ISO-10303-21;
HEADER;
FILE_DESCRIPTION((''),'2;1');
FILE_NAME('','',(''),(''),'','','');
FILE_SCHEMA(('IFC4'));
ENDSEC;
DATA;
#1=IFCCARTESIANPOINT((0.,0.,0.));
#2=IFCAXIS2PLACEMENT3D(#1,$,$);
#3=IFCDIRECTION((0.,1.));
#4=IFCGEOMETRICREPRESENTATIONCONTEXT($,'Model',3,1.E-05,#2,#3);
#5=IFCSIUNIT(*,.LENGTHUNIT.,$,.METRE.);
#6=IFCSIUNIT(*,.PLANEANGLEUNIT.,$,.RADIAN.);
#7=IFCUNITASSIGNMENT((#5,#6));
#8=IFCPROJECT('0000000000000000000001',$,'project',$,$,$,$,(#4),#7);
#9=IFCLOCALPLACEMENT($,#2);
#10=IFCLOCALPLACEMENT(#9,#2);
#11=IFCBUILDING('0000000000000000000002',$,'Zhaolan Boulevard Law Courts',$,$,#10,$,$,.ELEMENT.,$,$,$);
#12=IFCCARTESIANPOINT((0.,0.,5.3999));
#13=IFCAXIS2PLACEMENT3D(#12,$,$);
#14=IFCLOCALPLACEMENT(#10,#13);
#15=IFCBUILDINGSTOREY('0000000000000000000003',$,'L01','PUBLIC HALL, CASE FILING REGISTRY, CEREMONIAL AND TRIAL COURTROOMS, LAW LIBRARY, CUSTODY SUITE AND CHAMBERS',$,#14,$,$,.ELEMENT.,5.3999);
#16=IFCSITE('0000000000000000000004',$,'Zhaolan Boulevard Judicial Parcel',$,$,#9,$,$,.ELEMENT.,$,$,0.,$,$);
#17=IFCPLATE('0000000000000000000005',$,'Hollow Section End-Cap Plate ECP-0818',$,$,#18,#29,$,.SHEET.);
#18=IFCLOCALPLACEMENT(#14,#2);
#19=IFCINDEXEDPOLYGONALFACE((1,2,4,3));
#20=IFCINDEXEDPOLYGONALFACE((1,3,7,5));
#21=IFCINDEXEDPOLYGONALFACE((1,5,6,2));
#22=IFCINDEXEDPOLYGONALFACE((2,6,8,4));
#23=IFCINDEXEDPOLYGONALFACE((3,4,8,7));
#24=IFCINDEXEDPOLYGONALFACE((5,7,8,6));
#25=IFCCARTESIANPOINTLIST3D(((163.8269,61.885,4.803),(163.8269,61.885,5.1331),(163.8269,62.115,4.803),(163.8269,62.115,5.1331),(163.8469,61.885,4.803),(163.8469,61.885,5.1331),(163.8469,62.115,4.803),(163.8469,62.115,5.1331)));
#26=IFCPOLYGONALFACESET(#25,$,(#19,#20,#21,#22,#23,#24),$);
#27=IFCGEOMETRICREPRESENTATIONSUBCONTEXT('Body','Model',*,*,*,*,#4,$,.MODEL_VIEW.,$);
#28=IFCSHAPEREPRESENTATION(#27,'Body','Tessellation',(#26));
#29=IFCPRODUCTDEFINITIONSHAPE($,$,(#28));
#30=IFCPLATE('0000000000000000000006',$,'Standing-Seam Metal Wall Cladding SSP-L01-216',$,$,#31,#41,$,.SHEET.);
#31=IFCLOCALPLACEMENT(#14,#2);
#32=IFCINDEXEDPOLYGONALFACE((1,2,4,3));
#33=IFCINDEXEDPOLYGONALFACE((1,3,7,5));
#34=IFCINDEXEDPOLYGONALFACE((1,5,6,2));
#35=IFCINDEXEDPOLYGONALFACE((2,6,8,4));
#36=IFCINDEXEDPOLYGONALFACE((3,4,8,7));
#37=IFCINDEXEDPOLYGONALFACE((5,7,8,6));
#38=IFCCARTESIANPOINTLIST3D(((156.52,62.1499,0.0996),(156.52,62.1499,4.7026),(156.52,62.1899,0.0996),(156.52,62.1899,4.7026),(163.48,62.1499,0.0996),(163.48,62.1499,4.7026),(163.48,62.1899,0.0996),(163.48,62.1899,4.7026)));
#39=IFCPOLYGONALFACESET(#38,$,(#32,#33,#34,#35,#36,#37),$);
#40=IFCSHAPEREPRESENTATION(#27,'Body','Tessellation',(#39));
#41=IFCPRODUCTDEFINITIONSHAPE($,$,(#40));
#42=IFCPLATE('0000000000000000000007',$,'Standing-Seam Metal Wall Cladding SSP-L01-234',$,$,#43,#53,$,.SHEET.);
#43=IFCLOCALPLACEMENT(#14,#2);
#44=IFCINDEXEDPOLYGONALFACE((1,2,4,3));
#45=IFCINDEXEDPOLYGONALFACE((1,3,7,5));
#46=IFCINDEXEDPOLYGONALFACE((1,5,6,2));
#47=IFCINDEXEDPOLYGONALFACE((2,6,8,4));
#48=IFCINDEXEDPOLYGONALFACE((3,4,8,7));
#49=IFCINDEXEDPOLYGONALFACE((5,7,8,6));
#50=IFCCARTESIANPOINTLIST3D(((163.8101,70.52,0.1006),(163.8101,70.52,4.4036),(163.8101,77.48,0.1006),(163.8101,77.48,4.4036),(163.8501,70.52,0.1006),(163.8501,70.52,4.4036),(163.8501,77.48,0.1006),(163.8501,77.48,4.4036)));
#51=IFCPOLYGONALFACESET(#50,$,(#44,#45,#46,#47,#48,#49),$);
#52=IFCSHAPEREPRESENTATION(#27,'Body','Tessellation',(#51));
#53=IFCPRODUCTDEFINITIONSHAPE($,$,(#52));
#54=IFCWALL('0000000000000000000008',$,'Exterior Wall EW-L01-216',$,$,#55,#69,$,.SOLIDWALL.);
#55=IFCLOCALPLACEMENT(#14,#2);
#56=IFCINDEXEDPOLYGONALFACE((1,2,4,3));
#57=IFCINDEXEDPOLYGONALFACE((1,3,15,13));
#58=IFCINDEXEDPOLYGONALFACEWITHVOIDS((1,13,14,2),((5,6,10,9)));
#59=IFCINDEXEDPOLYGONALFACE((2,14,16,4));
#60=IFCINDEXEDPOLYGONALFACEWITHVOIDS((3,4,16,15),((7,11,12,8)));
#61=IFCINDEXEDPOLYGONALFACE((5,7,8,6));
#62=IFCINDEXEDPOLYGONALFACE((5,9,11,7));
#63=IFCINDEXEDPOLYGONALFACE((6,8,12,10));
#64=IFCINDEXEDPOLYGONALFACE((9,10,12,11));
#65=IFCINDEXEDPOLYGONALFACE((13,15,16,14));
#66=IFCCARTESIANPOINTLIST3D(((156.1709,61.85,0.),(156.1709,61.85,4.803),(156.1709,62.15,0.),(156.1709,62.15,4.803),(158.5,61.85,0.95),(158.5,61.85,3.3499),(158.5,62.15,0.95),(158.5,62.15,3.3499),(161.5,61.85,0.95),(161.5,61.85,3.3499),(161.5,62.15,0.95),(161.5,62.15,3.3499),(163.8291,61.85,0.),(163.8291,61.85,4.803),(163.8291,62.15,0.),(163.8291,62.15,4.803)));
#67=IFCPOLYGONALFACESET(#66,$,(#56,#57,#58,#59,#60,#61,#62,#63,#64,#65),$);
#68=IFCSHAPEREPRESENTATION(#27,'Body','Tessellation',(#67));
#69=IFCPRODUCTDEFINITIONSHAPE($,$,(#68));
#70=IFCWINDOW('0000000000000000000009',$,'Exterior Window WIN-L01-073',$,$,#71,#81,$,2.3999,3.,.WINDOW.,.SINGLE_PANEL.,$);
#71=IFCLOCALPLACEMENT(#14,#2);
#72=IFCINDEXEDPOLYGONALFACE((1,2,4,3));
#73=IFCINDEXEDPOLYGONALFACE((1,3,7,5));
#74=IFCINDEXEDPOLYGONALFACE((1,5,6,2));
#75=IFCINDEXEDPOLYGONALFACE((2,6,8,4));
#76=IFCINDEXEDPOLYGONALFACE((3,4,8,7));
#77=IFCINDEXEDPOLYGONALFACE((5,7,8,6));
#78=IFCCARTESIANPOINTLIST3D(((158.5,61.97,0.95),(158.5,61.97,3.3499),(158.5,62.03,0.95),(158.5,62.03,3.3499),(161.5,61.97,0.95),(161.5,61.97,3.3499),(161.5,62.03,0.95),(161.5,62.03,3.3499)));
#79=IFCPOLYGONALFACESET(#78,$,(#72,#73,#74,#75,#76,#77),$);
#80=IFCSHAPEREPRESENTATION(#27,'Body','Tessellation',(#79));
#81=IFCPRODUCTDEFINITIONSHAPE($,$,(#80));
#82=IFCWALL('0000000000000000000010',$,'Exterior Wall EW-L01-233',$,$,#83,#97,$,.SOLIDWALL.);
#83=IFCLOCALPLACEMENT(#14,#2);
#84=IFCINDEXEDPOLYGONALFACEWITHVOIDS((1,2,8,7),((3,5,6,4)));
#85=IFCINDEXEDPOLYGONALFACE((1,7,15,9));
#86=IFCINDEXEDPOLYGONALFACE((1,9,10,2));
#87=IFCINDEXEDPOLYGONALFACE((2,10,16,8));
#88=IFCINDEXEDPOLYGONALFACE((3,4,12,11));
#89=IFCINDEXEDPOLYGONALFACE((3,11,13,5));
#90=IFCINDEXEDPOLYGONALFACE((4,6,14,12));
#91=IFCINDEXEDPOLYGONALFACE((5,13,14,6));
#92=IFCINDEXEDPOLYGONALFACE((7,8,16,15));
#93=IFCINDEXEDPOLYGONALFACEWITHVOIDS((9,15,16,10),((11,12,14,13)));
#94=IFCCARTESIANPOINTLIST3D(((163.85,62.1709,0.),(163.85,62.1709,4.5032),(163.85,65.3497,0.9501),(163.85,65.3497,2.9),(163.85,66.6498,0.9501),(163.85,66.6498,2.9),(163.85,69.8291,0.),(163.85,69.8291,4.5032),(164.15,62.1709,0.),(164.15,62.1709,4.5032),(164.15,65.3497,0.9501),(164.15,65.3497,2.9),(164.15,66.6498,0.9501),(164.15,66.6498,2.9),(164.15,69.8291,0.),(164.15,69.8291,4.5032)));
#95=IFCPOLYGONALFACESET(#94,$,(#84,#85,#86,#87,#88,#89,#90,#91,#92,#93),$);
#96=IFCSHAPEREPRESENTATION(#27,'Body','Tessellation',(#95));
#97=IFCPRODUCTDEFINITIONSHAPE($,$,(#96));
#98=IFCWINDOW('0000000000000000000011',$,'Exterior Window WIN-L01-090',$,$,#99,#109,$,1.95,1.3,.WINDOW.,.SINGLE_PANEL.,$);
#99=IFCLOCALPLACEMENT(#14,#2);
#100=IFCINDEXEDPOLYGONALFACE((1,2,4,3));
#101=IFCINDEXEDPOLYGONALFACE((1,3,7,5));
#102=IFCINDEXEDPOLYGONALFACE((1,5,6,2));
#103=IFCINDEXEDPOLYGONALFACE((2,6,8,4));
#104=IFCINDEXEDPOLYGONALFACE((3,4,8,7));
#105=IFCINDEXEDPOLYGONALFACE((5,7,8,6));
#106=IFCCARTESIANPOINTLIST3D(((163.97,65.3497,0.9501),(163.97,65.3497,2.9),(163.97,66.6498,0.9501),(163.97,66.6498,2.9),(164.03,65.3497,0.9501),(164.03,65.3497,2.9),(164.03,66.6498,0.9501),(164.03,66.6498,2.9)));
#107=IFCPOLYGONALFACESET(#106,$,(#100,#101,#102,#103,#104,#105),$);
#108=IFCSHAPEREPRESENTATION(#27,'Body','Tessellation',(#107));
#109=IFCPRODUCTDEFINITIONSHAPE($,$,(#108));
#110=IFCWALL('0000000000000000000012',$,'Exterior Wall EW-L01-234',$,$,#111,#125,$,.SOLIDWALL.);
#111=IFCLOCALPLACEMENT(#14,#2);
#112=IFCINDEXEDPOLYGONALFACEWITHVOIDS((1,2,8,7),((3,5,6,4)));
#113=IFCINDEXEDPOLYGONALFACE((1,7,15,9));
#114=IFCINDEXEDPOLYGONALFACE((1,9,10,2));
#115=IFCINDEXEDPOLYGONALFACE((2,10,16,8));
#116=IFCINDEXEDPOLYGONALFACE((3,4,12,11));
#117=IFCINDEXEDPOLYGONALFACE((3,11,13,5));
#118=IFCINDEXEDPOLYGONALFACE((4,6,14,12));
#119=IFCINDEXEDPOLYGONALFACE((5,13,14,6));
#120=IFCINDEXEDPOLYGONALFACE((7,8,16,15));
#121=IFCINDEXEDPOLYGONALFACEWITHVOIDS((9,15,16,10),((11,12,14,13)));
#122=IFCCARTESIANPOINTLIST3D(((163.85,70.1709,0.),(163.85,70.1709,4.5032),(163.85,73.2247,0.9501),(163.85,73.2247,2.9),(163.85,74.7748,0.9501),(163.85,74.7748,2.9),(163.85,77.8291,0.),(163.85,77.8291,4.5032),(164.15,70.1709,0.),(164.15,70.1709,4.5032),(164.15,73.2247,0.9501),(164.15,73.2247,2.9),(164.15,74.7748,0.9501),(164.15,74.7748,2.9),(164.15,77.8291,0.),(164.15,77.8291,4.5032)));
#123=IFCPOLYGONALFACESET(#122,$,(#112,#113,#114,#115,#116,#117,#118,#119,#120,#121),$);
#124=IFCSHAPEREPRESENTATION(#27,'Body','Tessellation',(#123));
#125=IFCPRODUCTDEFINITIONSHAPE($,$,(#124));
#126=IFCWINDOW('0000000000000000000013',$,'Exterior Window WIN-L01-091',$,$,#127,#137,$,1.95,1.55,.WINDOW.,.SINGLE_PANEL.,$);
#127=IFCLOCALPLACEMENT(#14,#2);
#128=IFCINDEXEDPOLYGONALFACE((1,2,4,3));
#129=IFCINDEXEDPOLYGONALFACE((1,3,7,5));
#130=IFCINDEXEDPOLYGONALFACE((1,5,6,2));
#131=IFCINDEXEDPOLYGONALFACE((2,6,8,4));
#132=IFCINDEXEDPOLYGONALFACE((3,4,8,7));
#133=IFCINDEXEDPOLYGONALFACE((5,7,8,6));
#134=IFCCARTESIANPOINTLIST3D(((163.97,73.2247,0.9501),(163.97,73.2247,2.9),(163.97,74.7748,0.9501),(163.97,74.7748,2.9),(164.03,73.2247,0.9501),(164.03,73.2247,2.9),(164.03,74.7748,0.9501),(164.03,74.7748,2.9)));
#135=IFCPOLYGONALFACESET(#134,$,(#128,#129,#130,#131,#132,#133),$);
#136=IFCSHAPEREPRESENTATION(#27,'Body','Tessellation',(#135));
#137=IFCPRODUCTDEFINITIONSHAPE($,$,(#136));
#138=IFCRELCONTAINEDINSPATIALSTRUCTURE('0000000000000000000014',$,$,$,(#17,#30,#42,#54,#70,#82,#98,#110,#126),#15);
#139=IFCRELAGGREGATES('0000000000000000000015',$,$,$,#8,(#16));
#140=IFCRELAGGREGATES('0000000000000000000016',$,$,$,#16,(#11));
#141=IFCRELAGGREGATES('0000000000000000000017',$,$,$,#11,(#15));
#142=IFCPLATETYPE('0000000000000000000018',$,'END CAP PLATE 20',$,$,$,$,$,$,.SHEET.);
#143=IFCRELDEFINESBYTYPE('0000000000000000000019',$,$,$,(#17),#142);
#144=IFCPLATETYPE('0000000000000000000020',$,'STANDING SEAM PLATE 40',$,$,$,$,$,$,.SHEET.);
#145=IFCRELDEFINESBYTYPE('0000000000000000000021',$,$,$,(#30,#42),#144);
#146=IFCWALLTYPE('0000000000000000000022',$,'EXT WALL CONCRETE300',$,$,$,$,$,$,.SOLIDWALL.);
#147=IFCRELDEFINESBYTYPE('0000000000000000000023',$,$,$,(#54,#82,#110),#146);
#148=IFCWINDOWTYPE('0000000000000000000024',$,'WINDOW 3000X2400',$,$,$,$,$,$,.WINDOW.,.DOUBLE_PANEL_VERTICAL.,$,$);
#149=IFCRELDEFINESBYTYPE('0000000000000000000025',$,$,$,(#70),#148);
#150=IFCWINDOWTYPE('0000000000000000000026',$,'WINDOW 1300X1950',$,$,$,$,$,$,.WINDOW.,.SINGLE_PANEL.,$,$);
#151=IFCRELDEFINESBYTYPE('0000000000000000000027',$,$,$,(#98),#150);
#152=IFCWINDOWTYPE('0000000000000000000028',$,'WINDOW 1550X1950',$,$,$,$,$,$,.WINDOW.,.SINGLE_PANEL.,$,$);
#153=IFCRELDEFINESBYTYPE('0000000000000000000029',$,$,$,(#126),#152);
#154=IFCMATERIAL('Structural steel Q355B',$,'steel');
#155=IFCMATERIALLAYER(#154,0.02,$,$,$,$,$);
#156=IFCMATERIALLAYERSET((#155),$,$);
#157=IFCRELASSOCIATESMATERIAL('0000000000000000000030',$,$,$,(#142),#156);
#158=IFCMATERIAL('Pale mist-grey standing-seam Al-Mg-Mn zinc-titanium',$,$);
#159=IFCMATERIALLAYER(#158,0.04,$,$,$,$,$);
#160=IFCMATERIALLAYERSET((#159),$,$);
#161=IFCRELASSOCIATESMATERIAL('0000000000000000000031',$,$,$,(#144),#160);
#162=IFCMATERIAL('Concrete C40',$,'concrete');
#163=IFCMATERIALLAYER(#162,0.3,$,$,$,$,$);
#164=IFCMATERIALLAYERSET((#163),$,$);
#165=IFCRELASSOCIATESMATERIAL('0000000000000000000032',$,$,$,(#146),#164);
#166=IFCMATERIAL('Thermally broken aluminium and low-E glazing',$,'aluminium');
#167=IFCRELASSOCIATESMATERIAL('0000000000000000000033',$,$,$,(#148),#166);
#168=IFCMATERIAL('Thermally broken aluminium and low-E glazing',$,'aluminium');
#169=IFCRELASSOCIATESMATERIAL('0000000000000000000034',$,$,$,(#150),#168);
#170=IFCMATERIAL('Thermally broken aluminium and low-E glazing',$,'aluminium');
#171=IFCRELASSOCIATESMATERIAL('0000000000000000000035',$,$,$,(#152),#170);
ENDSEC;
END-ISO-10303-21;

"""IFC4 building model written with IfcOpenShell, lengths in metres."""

from ifc_helpers import new_model, si_unit, direction, frame, frame_2d, origin, origin_2d, place, context, subcontext, project, spatial, rectangle, extrude, material, layer, layer_set, type_object, element, fill, save


model = new_model("IFC4")

# Units and contexts
model_context = context("Model", 3, precision=1e-05, world=origin(), true_north=direction((0.0, 1.0)))
body_context = subcontext(model_context, "Body", "Model", "MODEL_VIEW")
ifc_project = project(units=[si_unit("LENGTHUNIT", "METRE"), si_unit("PLANEANGLEUNIT", "RADIAN")], contexts=[model_context])

# Site, building, storey
site_placement = place(None, origin())
site = spatial("IfcSite", under=ifc_project, at=site_placement, Name="Zhaolan Boulevard Judicial Parcel", CompositionType="ELEMENT", RefElevation=0.0)
building_placement = place(site_placement, origin())
building = spatial("IfcBuilding", under=site, at=building_placement, Name="Zhaolan Boulevard Law Courts", CompositionType="ELEMENT")
storey_placement = place(building_placement, frame((0.0, 0.0, 5.3999)))
storey = spatial("IfcBuildingStorey", under=building, at=storey_placement, Name="L01", Description="PUBLIC HALL, CASE FILING REGISTRY, CEREMONIAL AND TRIAL COURTROOMS, LAW LIBRARY, CUSTODY SUITE AND CHAMBERS", CompositionType="ELEMENT", Elevation=5.3999)

# Plates
ifc_material_1 = material(Name="Structural steel Q355B", Category="steel")
ifc_layer_1 = layer(ifc_material_1, 0.02)
ifc_layer_set_1 = layer_set([ifc_layer_1])
plate_type_1 = type_object("IfcPlateType", Name="END CAP PLATE 20", PredefinedType="SHEET", material=ifc_layer_set_1)
for number, where, z_axis, x_axis, name in (
    (1, (163.8369, 62.0, 4.803), (0.0, 0.0, 1.0), (1.0, 0.0, 0.0), "Hollow Section End-Cap Plate ECP-0818"),
):
    element("IfcPlate", number, at=place(storey_placement, frame(where, z_axis=z_axis, x_axis=x_axis)), inside=storey, type_object=plate_type_1, Name=name, PredefinedType="SHEET", context=body_context, shape_type="SweptSolid", body=[
        extrude(rectangle(XDim=0.02, YDim=0.23, at=origin_2d()), origin(), (0.0, 0.0, 1.0), 0.3301),
    ])
ifc_material_2 = material(Name="Pale mist-grey standing-seam Al-Mg-Mn zinc-titanium")
ifc_layer_2 = layer(ifc_material_2, 0.04)
ifc_layer_set_2 = layer_set([ifc_layer_2])
plate_type_2 = type_object("IfcPlateType", Name="STANDING SEAM PLATE 40", PredefinedType="SHEET", material=ifc_layer_set_2)
plate_1_placement = place(storey_placement, frame((160.0, 62.1699, 0.0996), z_axis=(0.0, 0.0, 1.0), x_axis=(1.0, 0.0, 0.0)))
element("IfcPlate", 2, at=plate_1_placement, inside=storey, type_object=plate_type_2, Name="Standing-Seam Metal Wall Cladding SSP-L01-216", PredefinedType="SHEET", context=body_context, shape_type="SweptSolid", body=[
    extrude(rectangle(XDim=6.96, YDim=0.04, at=origin_2d()), origin(), (0.0, 0.0, 1.0), 4.603),
])
plate_2_placement = place(storey_placement, frame((163.8301, 74.0, 0.1006), z_axis=(0.0, 0.0, 1.0), x_axis=(0.0, 1.0, 0.0)))
element("IfcPlate", 3, at=plate_2_placement, inside=storey, type_object=plate_type_2, Name="Standing-Seam Metal Wall Cladding SSP-L01-234", PredefinedType="SHEET", context=body_context, shape_type="SweptSolid", body=[
    extrude(rectangle(XDim=6.96, YDim=0.04, at=origin_2d()), origin(), (0.0, 0.0, 1.0), 4.303),
])

# Walls, openings, windows
ifc_material_3 = material(Name="Concrete C40", Category="concrete")
ifc_layer_3 = layer(ifc_material_3, 0.3)
ifc_layer_set_3 = layer_set([ifc_layer_3])
wall_type = type_object("IfcWallType", Name="EXT WALL CONCRETE300", PredefinedType="SOLIDWALL", material=ifc_layer_set_3)
wall_1_placement = place(storey_placement, frame((156.1709, 62.0, 0.0), z_axis=(0.0, 0.0, 1.0), x_axis=(1.0, 0.0, 0.0)))
wall_1 = element("IfcWall", 4, at=wall_1_placement, inside=storey, type_object=wall_type, Name="Exterior Wall EW-L01-216", PredefinedType="SOLIDWALL", context=body_context, shape_type="SweptSolid", body=[
    extrude(rectangle(XDim=7.6582, YDim=0.3, at=frame_2d((3.8291, 0.0))), origin(), (0.0, 0.0, 1.0), 4.803),
])
opening_1_placement = place(wall_1_placement, frame((2.3291, 0.0, 0.95)))
opening_1 = element("IfcOpeningElement", 5, at=opening_1_placement, cuts=wall_1, PredefinedType="OPENING", context=body_context, shape_type="SweptSolid", body=[
    extrude(rectangle(XDim=3.0, YDim=2.3999, at=frame_2d((1.5, 1.2))), frame((0.0, 0.1599, 0.0), z_axis=(0.0, -1.0, 0.0), x_axis=(1.0, 0.0, 0.0)), (0.0, 0.0, 1.0), 0.3201),
])
ifc_material_4 = material(Name="Thermally broken aluminium and low-E glazing", Category="aluminium")
window_type_1 = type_object("IfcWindowType", Name="WINDOW 3000X2400", PartitioningType="DOUBLE_PANEL_VERTICAL", PredefinedType="WINDOW", material=ifc_material_4)
window_1_placement = place(opening_1_placement, origin())
window_1 = element("IfcWindow", 6, at=window_1_placement, inside=storey, type_object=window_type_1, Name="Exterior Window WIN-L01-073", OverallHeight=2.3999, OverallWidth=3.0, PartitioningType="SINGLE_PANEL", PredefinedType="WINDOW", context=body_context, shape_type="SweptSolid", body=[
    extrude(rectangle(XDim=3.0, YDim=2.3999, at=frame_2d((1.5, 1.2))), frame((0.0, 0.03, 0.0), z_axis=(0.0, -1.0, 0.0), x_axis=(1.0, 0.0, 0.0)), (0.0, 0.0, 1.0), 0.0601),
])
fill(opening_1, window_1)
wall_2_placement = place(storey_placement, frame((164.0, 62.1709, 0.0), z_axis=(0.0, 0.0, 1.0), x_axis=(0.0, 1.0, 0.0)))
wall_2 = element("IfcWall", 7, at=wall_2_placement, inside=storey, type_object=wall_type, Name="Exterior Wall EW-L01-233", PredefinedType="SOLIDWALL", context=body_context, shape_type="SweptSolid", body=[
    extrude(rectangle(XDim=7.6582, YDim=0.3, at=frame_2d((3.8291, 0.0))), origin(), (0.0, 0.0, 1.0), 4.5032),
])
opening_2_placement = place(wall_2_placement, frame((3.179, 0.0, 0.95)))
opening_2 = element("IfcOpeningElement", 8, at=opening_2_placement, cuts=wall_2, PredefinedType="OPENING", context=body_context, shape_type="SweptSolid", body=[
    extrude(rectangle(XDim=1.3, YDim=1.95, at=frame_2d((0.6499, 0.9751))), frame((0.0, 0.1599, 0.0), z_axis=(0.0, -1.0, 0.0), x_axis=(1.0, 0.0, 0.0)), (0.0, 0.0, 1.0), 0.3201),
])
ifc_material_5 = material(Name="Thermally broken aluminium and low-E glazing", Category="aluminium")
window_type_2 = type_object("IfcWindowType", Name="WINDOW 1300X1950", PartitioningType="SINGLE_PANEL", PredefinedType="WINDOW", material=ifc_material_5)
window_2_placement = place(opening_2_placement, origin())
window_2 = element("IfcWindow", 9, at=window_2_placement, inside=storey, type_object=window_type_2, Name="Exterior Window WIN-L01-090", OverallHeight=1.95, OverallWidth=1.3, PartitioningType="SINGLE_PANEL", PredefinedType="WINDOW", context=body_context, shape_type="SweptSolid", body=[
    extrude(rectangle(XDim=1.3, YDim=1.95, at=frame_2d((0.6499, 0.9751))), frame((0.0, 0.03, 0.0), z_axis=(0.0, -1.0, 0.0), x_axis=(1.0, 0.0, 0.0)), (0.0, 0.0, 1.0), 0.0601),
])
fill(opening_2, window_2)
wall_3_placement = place(storey_placement, frame((164.0, 70.1709, 0.0), z_axis=(0.0, 0.0, 1.0), x_axis=(0.0, 1.0, 0.0)))
wall_3 = element("IfcWall", 10, at=wall_3_placement, inside=storey, type_object=wall_type, Name="Exterior Wall EW-L01-234", PredefinedType="SOLIDWALL", context=body_context, shape_type="SweptSolid", body=[
    extrude(rectangle(XDim=7.6582, YDim=0.3, at=frame_2d((3.8291, 0.0))), origin(), (0.0, 0.0, 1.0), 4.5032),
])
opening_3_placement = place(wall_3_placement, frame((3.054, 0.0, 0.95)))
opening_3 = element("IfcOpeningElement", 11, at=opening_3_placement, cuts=wall_3, PredefinedType="OPENING", context=body_context, shape_type="SweptSolid", body=[
    extrude(rectangle(XDim=1.55, YDim=1.95, at=frame_2d((0.7749, 0.9751))), frame((0.0, 0.1599, 0.0), z_axis=(0.0, -1.0, 0.0), x_axis=(1.0, 0.0, 0.0)), (0.0, 0.0, 1.0), 0.3201),
])
ifc_material_6 = material(Name="Thermally broken aluminium and low-E glazing", Category="aluminium")
window_type_3 = type_object("IfcWindowType", Name="WINDOW 1550X1950", PartitioningType="SINGLE_PANEL", PredefinedType="WINDOW", material=ifc_material_6)
window_3_placement = place(opening_3_placement, origin())
window_3 = element("IfcWindow", 12, at=window_3_placement, inside=storey, type_object=window_type_3, Name="Exterior Window WIN-L01-091", OverallHeight=1.95, OverallWidth=1.55, PartitioningType="SINGLE_PANEL", PredefinedType="WINDOW", context=body_context, shape_type="SweptSolid", body=[
    extrude(rectangle(XDim=1.55, YDim=1.95, at=frame_2d((0.7749, 0.9751))), frame((0.0, 0.03, 0.0), z_axis=(0.0, -1.0, 0.0), x_axis=(1.0, 0.0, 0.0)), (0.0, 0.0, 1.0), 0.0601),
])
fill(opening_3, window_3)

save(model, "model.ifc")
